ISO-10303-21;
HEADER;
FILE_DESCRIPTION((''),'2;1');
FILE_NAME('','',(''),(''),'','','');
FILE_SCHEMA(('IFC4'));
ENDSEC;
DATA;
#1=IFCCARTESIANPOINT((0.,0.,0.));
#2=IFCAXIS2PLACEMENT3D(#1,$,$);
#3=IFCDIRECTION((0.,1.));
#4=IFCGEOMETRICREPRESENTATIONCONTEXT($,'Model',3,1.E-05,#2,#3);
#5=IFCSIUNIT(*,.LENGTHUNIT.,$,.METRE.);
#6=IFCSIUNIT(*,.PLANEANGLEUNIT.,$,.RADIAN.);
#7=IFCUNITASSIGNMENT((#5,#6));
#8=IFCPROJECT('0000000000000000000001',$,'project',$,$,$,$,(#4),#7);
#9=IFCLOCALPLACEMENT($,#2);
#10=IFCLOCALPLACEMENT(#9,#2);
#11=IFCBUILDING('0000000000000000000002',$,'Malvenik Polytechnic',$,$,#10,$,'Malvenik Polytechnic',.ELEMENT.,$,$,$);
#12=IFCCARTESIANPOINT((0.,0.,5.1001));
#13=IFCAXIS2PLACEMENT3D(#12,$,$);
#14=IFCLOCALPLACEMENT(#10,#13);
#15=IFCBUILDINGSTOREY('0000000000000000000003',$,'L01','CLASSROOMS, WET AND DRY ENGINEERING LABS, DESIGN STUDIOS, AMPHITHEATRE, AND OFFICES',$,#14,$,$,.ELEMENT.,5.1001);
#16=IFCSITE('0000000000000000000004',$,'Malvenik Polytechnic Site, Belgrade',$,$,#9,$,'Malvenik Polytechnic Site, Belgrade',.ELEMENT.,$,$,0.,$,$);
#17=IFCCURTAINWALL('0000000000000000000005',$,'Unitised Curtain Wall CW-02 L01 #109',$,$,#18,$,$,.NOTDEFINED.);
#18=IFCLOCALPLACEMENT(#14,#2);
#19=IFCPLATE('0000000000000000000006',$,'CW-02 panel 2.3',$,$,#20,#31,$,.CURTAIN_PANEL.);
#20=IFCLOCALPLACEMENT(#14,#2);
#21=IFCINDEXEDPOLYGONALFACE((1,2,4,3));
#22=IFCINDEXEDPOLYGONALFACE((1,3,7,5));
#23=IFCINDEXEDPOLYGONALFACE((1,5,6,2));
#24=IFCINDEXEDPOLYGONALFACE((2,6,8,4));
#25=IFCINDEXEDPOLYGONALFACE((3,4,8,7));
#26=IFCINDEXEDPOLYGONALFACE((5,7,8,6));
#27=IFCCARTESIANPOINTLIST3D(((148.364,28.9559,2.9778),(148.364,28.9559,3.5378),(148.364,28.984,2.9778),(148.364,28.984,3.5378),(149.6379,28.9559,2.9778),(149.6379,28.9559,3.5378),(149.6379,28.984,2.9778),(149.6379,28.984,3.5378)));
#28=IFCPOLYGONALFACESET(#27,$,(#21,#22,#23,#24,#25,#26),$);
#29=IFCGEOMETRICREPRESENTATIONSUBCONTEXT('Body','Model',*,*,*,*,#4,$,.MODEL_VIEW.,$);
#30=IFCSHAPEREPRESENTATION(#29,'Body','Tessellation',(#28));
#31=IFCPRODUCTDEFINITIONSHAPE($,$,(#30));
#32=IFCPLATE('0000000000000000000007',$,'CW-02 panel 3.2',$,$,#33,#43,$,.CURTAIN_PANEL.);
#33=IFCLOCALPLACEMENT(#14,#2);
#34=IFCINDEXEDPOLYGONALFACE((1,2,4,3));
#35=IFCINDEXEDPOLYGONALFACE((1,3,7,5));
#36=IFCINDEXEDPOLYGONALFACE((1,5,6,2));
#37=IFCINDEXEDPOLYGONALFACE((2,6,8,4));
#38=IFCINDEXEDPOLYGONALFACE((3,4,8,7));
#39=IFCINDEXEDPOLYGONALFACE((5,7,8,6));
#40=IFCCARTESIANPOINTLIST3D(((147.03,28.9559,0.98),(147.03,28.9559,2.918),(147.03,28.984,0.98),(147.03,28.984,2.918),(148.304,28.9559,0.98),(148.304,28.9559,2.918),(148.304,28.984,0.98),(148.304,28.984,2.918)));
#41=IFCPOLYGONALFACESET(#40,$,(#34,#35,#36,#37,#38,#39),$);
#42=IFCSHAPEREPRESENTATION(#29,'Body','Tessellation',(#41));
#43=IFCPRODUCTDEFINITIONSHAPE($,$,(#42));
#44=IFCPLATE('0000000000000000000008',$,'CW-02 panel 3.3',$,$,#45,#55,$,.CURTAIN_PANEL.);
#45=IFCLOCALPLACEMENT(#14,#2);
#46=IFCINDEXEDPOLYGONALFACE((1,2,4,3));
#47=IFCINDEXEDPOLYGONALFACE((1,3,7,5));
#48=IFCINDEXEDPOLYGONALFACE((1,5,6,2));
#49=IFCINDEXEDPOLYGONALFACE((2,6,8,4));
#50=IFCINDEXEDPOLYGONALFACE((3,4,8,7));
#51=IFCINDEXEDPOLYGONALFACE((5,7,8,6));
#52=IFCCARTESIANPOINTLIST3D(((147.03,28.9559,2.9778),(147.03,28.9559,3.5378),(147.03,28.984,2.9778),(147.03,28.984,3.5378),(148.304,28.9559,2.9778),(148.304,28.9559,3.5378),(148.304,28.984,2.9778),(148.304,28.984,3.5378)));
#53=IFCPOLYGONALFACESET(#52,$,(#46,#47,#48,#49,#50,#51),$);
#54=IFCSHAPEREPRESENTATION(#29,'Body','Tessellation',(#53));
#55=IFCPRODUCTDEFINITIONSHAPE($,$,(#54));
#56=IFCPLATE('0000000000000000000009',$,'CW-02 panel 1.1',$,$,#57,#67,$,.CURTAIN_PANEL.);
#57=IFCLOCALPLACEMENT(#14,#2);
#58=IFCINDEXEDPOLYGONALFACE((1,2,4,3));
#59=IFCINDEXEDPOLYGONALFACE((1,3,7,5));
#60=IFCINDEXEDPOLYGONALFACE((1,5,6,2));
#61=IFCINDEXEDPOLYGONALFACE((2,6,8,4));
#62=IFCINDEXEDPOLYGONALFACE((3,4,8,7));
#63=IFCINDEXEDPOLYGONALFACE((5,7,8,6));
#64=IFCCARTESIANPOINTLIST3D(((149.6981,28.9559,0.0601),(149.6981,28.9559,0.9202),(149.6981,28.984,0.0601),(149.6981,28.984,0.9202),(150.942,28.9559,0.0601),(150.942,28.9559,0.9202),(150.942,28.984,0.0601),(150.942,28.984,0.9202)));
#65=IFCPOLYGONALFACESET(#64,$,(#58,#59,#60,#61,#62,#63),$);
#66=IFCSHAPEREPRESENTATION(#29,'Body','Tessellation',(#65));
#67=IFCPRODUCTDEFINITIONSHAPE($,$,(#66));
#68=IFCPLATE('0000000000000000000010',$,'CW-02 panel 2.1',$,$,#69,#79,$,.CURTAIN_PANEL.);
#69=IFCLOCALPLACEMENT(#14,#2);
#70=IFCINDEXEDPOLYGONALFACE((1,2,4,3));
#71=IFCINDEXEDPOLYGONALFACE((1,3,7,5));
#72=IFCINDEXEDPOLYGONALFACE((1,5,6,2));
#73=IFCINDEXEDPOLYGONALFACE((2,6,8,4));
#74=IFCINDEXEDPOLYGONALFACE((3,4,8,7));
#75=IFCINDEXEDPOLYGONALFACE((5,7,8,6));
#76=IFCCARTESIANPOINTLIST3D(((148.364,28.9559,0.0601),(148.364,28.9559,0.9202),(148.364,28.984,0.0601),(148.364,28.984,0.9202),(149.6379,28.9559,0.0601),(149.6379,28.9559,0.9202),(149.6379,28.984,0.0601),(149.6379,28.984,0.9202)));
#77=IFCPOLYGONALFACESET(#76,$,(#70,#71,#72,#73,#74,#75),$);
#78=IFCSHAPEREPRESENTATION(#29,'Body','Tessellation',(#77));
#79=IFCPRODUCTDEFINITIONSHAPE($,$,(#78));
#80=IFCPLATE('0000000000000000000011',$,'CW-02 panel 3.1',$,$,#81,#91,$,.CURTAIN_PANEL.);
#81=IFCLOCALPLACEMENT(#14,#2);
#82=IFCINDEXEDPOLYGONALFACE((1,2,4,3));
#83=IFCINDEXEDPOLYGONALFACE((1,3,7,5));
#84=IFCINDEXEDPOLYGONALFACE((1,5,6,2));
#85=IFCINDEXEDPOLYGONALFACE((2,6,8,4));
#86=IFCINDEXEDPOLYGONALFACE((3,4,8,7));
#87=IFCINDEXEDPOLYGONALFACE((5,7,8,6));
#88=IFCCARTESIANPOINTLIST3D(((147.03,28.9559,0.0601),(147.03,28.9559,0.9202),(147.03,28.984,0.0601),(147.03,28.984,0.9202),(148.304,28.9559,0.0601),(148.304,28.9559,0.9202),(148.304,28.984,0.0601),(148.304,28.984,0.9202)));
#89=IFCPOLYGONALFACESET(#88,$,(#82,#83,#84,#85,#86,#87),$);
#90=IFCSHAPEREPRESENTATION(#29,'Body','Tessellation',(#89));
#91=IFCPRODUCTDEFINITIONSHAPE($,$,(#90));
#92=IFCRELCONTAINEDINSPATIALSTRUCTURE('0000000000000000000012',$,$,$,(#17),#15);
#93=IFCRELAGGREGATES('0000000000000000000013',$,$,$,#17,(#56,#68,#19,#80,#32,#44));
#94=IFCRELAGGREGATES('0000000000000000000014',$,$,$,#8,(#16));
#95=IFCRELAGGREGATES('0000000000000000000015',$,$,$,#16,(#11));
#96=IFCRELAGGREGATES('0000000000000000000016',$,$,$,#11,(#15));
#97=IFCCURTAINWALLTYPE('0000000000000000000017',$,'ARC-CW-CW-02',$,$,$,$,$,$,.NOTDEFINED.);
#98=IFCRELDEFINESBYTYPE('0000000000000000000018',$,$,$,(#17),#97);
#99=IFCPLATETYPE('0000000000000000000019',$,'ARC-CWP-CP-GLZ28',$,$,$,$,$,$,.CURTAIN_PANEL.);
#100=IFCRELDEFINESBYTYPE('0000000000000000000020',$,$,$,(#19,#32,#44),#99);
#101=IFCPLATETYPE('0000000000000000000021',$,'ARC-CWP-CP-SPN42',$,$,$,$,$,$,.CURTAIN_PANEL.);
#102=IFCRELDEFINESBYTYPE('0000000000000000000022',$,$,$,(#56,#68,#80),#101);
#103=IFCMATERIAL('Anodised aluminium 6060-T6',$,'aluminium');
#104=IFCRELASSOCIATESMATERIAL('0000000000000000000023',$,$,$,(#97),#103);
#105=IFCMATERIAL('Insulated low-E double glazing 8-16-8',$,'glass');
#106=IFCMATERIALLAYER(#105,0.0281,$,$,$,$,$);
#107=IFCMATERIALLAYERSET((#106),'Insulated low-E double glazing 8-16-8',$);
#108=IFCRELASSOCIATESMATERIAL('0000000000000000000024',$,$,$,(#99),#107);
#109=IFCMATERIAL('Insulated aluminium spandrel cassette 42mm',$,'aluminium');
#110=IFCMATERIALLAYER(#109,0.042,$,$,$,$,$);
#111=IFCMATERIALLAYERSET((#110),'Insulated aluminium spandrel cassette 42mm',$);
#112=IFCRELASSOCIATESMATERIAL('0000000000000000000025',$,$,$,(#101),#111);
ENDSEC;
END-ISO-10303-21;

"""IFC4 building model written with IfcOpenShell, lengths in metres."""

from ifc_helpers import new_model, si_unit, direction, frame, origin, origin_2d, place, context, subcontext, project, spatial, rectangle, extrude, material, layer, layer_set, type_object, element, aggregate, save


model = new_model("IFC4")

# Units and contexts
model_context = context("Model", 3, precision=1e-05, world=origin(), true_north=direction((0.0, 1.0)))
body_context = subcontext(model_context, "Body", "Model", "MODEL_VIEW")
ifc_project = project(units=[si_unit("LENGTHUNIT", "METRE"), si_unit("PLANEANGLEUNIT", "RADIAN")], contexts=[model_context])

# Site, building, storey
site_placement = place(None, origin())
site = spatial("IfcSite", under=ifc_project, at=site_placement, Name="Malvenik Polytechnic Site, Belgrade", LongName="Malvenik Polytechnic Site, Belgrade", CompositionType="ELEMENT", RefElevation=0.0)
building_placement = place(site_placement, origin())
building = spatial("IfcBuilding", under=site, at=building_placement, Name="Malvenik Polytechnic", LongName="Malvenik Polytechnic", CompositionType="ELEMENT")
storey_placement = place(building_placement, frame((0.0, 0.0, 5.1001)))
storey = spatial("IfcBuildingStorey", under=building, at=storey_placement, Name="L01", Description="CLASSROOMS, WET AND DRY ENGINEERING LABS, DESIGN STUDIOS, AMPHITHEATRE, AND OFFICES", CompositionType="ELEMENT", Elevation=5.1001)

# Curtain wall, plates
ifc_material_1 = material(Name="Anodised aluminium 6060-T6", Category="aluminium")
curtain_wall_type = type_object("IfcCurtainWallType", Name="ARC-CW-CW-02", PredefinedType="NOTDEFINED", material=ifc_material_1)
curtain_wall_placement = place(storey_placement, origin())
curtain_wall = element("IfcCurtainWall", 1, at=curtain_wall_placement, inside=storey, type_object=curtain_wall_type, Name="Unitised Curtain Wall CW-02 L01 #109", PredefinedType="NOTDEFINED")
ifc_material_2 = material(Name="Insulated low-E double glazing 8-16-8", Category="glass")
ifc_layer_1 = layer(ifc_material_2, 0.0281)
ifc_layer_set_1 = layer_set([ifc_layer_1], Name="Insulated low-E double glazing 8-16-8")
plate_type_1 = type_object("IfcPlateType", Name="ARC-CWP-CP-GLZ28", PredefinedType="CURTAIN_PANEL", material=ifc_layer_set_1)
plate_1_placement = place(storey_placement, frame((149.001, 28.97, 2.9778), z_axis=(0.0, 0.0, 1.0), x_axis=(-1.0, 0.0, 0.0)))
plate_1 = element("IfcPlate", 2, at=plate_1_placement, type_object=plate_type_1, Name="CW-02 panel 2.3", PredefinedType="CURTAIN_PANEL", context=body_context, shape_type="SweptSolid", body=[
    extrude(rectangle(XDim=1.2739, YDim=0.0281, at=origin_2d()), origin(), (0.0, 0.0, 1.0), 0.5601),
])
plate_2_placement = place(storey_placement, frame((147.667, 28.97, 0.98), z_axis=(0.0, 0.0, 1.0), x_axis=(-1.0, 0.0, 0.0)))
plate_2 = element("IfcPlate", 3, at=plate_2_placement, type_object=plate_type_1, Name="CW-02 panel 3.2", PredefinedType="CURTAIN_PANEL", context=body_context, shape_type="SweptSolid", body=[
    extrude(rectangle(XDim=1.2739, YDim=0.0281, at=origin_2d()), origin(), (0.0, 0.0, 1.0), 1.938),
])
plate_3_placement = place(storey_placement, frame((147.667, 28.97, 2.9778), z_axis=(0.0, 0.0, 1.0), x_axis=(-1.0, 0.0, 0.0)))
plate_3 = element("IfcPlate", 4, at=plate_3_placement, type_object=plate_type_1, Name="CW-02 panel 3.3", PredefinedType="CURTAIN_PANEL", context=body_context, shape_type="SweptSolid", body=[
    extrude(rectangle(XDim=1.2739, YDim=0.0281, at=origin_2d()), origin(), (0.0, 0.0, 1.0), 0.5601),
])
ifc_material_3 = material(Name="Insulated aluminium spandrel cassette 42mm", Category="aluminium")
ifc_layer_2 = layer(ifc_material_3, 0.042)
ifc_layer_set_2 = layer_set([ifc_layer_2], Name="Insulated aluminium spandrel cassette 42mm")
plate_type_2 = type_object("IfcPlateType", Name="ARC-CWP-CP-SPN42", PredefinedType="CURTAIN_PANEL", material=ifc_layer_set_2)
plate_4_placement = place(storey_placement, frame((150.3201, 28.97, 0.0601), z_axis=(0.0, 0.0, 1.0), x_axis=(-1.0, 0.0, 0.0)))
plate_4 = element("IfcPlate", 5, at=plate_4_placement, type_object=plate_type_2, Name="CW-02 panel 1.1", PredefinedType="CURTAIN_PANEL", context=body_context, shape_type="SweptSolid", body=[
    extrude(rectangle(XDim=1.2439, YDim=0.0281, at=origin_2d()), origin(), (0.0, 0.0, 1.0), 0.8601),
])
plate_5_placement = place(storey_placement, frame((149.001, 28.97, 0.0601), z_axis=(0.0, 0.0, 1.0), x_axis=(-1.0, 0.0, 0.0)))
plate_5 = element("IfcPlate", 6, at=plate_5_placement, type_object=plate_type_2, Name="CW-02 panel 2.1", PredefinedType="CURTAIN_PANEL", context=body_context, shape_type="SweptSolid", body=[
    extrude(rectangle(XDim=1.2739, YDim=0.0281, at=origin_2d()), origin(), (0.0, 0.0, 1.0), 0.8601),
])
plate_6_placement = place(storey_placement, frame((147.667, 28.97, 0.0601), z_axis=(0.0, 0.0, 1.0), x_axis=(-1.0, 0.0, 0.0)))
plate_6 = element("IfcPlate", 7, at=plate_6_placement, type_object=plate_type_2, Name="CW-02 panel 3.1", PredefinedType="CURTAIN_PANEL", context=body_context, shape_type="SweptSolid", body=[
    extrude(rectangle(XDim=1.2739, YDim=0.0281, at=origin_2d()), origin(), (0.0, 0.0, 1.0), 0.8601),
])
aggregate(curtain_wall, [plate_4, plate_5, plate_1, plate_6, plate_2, plate_3])

save(model, "model.ifc")
